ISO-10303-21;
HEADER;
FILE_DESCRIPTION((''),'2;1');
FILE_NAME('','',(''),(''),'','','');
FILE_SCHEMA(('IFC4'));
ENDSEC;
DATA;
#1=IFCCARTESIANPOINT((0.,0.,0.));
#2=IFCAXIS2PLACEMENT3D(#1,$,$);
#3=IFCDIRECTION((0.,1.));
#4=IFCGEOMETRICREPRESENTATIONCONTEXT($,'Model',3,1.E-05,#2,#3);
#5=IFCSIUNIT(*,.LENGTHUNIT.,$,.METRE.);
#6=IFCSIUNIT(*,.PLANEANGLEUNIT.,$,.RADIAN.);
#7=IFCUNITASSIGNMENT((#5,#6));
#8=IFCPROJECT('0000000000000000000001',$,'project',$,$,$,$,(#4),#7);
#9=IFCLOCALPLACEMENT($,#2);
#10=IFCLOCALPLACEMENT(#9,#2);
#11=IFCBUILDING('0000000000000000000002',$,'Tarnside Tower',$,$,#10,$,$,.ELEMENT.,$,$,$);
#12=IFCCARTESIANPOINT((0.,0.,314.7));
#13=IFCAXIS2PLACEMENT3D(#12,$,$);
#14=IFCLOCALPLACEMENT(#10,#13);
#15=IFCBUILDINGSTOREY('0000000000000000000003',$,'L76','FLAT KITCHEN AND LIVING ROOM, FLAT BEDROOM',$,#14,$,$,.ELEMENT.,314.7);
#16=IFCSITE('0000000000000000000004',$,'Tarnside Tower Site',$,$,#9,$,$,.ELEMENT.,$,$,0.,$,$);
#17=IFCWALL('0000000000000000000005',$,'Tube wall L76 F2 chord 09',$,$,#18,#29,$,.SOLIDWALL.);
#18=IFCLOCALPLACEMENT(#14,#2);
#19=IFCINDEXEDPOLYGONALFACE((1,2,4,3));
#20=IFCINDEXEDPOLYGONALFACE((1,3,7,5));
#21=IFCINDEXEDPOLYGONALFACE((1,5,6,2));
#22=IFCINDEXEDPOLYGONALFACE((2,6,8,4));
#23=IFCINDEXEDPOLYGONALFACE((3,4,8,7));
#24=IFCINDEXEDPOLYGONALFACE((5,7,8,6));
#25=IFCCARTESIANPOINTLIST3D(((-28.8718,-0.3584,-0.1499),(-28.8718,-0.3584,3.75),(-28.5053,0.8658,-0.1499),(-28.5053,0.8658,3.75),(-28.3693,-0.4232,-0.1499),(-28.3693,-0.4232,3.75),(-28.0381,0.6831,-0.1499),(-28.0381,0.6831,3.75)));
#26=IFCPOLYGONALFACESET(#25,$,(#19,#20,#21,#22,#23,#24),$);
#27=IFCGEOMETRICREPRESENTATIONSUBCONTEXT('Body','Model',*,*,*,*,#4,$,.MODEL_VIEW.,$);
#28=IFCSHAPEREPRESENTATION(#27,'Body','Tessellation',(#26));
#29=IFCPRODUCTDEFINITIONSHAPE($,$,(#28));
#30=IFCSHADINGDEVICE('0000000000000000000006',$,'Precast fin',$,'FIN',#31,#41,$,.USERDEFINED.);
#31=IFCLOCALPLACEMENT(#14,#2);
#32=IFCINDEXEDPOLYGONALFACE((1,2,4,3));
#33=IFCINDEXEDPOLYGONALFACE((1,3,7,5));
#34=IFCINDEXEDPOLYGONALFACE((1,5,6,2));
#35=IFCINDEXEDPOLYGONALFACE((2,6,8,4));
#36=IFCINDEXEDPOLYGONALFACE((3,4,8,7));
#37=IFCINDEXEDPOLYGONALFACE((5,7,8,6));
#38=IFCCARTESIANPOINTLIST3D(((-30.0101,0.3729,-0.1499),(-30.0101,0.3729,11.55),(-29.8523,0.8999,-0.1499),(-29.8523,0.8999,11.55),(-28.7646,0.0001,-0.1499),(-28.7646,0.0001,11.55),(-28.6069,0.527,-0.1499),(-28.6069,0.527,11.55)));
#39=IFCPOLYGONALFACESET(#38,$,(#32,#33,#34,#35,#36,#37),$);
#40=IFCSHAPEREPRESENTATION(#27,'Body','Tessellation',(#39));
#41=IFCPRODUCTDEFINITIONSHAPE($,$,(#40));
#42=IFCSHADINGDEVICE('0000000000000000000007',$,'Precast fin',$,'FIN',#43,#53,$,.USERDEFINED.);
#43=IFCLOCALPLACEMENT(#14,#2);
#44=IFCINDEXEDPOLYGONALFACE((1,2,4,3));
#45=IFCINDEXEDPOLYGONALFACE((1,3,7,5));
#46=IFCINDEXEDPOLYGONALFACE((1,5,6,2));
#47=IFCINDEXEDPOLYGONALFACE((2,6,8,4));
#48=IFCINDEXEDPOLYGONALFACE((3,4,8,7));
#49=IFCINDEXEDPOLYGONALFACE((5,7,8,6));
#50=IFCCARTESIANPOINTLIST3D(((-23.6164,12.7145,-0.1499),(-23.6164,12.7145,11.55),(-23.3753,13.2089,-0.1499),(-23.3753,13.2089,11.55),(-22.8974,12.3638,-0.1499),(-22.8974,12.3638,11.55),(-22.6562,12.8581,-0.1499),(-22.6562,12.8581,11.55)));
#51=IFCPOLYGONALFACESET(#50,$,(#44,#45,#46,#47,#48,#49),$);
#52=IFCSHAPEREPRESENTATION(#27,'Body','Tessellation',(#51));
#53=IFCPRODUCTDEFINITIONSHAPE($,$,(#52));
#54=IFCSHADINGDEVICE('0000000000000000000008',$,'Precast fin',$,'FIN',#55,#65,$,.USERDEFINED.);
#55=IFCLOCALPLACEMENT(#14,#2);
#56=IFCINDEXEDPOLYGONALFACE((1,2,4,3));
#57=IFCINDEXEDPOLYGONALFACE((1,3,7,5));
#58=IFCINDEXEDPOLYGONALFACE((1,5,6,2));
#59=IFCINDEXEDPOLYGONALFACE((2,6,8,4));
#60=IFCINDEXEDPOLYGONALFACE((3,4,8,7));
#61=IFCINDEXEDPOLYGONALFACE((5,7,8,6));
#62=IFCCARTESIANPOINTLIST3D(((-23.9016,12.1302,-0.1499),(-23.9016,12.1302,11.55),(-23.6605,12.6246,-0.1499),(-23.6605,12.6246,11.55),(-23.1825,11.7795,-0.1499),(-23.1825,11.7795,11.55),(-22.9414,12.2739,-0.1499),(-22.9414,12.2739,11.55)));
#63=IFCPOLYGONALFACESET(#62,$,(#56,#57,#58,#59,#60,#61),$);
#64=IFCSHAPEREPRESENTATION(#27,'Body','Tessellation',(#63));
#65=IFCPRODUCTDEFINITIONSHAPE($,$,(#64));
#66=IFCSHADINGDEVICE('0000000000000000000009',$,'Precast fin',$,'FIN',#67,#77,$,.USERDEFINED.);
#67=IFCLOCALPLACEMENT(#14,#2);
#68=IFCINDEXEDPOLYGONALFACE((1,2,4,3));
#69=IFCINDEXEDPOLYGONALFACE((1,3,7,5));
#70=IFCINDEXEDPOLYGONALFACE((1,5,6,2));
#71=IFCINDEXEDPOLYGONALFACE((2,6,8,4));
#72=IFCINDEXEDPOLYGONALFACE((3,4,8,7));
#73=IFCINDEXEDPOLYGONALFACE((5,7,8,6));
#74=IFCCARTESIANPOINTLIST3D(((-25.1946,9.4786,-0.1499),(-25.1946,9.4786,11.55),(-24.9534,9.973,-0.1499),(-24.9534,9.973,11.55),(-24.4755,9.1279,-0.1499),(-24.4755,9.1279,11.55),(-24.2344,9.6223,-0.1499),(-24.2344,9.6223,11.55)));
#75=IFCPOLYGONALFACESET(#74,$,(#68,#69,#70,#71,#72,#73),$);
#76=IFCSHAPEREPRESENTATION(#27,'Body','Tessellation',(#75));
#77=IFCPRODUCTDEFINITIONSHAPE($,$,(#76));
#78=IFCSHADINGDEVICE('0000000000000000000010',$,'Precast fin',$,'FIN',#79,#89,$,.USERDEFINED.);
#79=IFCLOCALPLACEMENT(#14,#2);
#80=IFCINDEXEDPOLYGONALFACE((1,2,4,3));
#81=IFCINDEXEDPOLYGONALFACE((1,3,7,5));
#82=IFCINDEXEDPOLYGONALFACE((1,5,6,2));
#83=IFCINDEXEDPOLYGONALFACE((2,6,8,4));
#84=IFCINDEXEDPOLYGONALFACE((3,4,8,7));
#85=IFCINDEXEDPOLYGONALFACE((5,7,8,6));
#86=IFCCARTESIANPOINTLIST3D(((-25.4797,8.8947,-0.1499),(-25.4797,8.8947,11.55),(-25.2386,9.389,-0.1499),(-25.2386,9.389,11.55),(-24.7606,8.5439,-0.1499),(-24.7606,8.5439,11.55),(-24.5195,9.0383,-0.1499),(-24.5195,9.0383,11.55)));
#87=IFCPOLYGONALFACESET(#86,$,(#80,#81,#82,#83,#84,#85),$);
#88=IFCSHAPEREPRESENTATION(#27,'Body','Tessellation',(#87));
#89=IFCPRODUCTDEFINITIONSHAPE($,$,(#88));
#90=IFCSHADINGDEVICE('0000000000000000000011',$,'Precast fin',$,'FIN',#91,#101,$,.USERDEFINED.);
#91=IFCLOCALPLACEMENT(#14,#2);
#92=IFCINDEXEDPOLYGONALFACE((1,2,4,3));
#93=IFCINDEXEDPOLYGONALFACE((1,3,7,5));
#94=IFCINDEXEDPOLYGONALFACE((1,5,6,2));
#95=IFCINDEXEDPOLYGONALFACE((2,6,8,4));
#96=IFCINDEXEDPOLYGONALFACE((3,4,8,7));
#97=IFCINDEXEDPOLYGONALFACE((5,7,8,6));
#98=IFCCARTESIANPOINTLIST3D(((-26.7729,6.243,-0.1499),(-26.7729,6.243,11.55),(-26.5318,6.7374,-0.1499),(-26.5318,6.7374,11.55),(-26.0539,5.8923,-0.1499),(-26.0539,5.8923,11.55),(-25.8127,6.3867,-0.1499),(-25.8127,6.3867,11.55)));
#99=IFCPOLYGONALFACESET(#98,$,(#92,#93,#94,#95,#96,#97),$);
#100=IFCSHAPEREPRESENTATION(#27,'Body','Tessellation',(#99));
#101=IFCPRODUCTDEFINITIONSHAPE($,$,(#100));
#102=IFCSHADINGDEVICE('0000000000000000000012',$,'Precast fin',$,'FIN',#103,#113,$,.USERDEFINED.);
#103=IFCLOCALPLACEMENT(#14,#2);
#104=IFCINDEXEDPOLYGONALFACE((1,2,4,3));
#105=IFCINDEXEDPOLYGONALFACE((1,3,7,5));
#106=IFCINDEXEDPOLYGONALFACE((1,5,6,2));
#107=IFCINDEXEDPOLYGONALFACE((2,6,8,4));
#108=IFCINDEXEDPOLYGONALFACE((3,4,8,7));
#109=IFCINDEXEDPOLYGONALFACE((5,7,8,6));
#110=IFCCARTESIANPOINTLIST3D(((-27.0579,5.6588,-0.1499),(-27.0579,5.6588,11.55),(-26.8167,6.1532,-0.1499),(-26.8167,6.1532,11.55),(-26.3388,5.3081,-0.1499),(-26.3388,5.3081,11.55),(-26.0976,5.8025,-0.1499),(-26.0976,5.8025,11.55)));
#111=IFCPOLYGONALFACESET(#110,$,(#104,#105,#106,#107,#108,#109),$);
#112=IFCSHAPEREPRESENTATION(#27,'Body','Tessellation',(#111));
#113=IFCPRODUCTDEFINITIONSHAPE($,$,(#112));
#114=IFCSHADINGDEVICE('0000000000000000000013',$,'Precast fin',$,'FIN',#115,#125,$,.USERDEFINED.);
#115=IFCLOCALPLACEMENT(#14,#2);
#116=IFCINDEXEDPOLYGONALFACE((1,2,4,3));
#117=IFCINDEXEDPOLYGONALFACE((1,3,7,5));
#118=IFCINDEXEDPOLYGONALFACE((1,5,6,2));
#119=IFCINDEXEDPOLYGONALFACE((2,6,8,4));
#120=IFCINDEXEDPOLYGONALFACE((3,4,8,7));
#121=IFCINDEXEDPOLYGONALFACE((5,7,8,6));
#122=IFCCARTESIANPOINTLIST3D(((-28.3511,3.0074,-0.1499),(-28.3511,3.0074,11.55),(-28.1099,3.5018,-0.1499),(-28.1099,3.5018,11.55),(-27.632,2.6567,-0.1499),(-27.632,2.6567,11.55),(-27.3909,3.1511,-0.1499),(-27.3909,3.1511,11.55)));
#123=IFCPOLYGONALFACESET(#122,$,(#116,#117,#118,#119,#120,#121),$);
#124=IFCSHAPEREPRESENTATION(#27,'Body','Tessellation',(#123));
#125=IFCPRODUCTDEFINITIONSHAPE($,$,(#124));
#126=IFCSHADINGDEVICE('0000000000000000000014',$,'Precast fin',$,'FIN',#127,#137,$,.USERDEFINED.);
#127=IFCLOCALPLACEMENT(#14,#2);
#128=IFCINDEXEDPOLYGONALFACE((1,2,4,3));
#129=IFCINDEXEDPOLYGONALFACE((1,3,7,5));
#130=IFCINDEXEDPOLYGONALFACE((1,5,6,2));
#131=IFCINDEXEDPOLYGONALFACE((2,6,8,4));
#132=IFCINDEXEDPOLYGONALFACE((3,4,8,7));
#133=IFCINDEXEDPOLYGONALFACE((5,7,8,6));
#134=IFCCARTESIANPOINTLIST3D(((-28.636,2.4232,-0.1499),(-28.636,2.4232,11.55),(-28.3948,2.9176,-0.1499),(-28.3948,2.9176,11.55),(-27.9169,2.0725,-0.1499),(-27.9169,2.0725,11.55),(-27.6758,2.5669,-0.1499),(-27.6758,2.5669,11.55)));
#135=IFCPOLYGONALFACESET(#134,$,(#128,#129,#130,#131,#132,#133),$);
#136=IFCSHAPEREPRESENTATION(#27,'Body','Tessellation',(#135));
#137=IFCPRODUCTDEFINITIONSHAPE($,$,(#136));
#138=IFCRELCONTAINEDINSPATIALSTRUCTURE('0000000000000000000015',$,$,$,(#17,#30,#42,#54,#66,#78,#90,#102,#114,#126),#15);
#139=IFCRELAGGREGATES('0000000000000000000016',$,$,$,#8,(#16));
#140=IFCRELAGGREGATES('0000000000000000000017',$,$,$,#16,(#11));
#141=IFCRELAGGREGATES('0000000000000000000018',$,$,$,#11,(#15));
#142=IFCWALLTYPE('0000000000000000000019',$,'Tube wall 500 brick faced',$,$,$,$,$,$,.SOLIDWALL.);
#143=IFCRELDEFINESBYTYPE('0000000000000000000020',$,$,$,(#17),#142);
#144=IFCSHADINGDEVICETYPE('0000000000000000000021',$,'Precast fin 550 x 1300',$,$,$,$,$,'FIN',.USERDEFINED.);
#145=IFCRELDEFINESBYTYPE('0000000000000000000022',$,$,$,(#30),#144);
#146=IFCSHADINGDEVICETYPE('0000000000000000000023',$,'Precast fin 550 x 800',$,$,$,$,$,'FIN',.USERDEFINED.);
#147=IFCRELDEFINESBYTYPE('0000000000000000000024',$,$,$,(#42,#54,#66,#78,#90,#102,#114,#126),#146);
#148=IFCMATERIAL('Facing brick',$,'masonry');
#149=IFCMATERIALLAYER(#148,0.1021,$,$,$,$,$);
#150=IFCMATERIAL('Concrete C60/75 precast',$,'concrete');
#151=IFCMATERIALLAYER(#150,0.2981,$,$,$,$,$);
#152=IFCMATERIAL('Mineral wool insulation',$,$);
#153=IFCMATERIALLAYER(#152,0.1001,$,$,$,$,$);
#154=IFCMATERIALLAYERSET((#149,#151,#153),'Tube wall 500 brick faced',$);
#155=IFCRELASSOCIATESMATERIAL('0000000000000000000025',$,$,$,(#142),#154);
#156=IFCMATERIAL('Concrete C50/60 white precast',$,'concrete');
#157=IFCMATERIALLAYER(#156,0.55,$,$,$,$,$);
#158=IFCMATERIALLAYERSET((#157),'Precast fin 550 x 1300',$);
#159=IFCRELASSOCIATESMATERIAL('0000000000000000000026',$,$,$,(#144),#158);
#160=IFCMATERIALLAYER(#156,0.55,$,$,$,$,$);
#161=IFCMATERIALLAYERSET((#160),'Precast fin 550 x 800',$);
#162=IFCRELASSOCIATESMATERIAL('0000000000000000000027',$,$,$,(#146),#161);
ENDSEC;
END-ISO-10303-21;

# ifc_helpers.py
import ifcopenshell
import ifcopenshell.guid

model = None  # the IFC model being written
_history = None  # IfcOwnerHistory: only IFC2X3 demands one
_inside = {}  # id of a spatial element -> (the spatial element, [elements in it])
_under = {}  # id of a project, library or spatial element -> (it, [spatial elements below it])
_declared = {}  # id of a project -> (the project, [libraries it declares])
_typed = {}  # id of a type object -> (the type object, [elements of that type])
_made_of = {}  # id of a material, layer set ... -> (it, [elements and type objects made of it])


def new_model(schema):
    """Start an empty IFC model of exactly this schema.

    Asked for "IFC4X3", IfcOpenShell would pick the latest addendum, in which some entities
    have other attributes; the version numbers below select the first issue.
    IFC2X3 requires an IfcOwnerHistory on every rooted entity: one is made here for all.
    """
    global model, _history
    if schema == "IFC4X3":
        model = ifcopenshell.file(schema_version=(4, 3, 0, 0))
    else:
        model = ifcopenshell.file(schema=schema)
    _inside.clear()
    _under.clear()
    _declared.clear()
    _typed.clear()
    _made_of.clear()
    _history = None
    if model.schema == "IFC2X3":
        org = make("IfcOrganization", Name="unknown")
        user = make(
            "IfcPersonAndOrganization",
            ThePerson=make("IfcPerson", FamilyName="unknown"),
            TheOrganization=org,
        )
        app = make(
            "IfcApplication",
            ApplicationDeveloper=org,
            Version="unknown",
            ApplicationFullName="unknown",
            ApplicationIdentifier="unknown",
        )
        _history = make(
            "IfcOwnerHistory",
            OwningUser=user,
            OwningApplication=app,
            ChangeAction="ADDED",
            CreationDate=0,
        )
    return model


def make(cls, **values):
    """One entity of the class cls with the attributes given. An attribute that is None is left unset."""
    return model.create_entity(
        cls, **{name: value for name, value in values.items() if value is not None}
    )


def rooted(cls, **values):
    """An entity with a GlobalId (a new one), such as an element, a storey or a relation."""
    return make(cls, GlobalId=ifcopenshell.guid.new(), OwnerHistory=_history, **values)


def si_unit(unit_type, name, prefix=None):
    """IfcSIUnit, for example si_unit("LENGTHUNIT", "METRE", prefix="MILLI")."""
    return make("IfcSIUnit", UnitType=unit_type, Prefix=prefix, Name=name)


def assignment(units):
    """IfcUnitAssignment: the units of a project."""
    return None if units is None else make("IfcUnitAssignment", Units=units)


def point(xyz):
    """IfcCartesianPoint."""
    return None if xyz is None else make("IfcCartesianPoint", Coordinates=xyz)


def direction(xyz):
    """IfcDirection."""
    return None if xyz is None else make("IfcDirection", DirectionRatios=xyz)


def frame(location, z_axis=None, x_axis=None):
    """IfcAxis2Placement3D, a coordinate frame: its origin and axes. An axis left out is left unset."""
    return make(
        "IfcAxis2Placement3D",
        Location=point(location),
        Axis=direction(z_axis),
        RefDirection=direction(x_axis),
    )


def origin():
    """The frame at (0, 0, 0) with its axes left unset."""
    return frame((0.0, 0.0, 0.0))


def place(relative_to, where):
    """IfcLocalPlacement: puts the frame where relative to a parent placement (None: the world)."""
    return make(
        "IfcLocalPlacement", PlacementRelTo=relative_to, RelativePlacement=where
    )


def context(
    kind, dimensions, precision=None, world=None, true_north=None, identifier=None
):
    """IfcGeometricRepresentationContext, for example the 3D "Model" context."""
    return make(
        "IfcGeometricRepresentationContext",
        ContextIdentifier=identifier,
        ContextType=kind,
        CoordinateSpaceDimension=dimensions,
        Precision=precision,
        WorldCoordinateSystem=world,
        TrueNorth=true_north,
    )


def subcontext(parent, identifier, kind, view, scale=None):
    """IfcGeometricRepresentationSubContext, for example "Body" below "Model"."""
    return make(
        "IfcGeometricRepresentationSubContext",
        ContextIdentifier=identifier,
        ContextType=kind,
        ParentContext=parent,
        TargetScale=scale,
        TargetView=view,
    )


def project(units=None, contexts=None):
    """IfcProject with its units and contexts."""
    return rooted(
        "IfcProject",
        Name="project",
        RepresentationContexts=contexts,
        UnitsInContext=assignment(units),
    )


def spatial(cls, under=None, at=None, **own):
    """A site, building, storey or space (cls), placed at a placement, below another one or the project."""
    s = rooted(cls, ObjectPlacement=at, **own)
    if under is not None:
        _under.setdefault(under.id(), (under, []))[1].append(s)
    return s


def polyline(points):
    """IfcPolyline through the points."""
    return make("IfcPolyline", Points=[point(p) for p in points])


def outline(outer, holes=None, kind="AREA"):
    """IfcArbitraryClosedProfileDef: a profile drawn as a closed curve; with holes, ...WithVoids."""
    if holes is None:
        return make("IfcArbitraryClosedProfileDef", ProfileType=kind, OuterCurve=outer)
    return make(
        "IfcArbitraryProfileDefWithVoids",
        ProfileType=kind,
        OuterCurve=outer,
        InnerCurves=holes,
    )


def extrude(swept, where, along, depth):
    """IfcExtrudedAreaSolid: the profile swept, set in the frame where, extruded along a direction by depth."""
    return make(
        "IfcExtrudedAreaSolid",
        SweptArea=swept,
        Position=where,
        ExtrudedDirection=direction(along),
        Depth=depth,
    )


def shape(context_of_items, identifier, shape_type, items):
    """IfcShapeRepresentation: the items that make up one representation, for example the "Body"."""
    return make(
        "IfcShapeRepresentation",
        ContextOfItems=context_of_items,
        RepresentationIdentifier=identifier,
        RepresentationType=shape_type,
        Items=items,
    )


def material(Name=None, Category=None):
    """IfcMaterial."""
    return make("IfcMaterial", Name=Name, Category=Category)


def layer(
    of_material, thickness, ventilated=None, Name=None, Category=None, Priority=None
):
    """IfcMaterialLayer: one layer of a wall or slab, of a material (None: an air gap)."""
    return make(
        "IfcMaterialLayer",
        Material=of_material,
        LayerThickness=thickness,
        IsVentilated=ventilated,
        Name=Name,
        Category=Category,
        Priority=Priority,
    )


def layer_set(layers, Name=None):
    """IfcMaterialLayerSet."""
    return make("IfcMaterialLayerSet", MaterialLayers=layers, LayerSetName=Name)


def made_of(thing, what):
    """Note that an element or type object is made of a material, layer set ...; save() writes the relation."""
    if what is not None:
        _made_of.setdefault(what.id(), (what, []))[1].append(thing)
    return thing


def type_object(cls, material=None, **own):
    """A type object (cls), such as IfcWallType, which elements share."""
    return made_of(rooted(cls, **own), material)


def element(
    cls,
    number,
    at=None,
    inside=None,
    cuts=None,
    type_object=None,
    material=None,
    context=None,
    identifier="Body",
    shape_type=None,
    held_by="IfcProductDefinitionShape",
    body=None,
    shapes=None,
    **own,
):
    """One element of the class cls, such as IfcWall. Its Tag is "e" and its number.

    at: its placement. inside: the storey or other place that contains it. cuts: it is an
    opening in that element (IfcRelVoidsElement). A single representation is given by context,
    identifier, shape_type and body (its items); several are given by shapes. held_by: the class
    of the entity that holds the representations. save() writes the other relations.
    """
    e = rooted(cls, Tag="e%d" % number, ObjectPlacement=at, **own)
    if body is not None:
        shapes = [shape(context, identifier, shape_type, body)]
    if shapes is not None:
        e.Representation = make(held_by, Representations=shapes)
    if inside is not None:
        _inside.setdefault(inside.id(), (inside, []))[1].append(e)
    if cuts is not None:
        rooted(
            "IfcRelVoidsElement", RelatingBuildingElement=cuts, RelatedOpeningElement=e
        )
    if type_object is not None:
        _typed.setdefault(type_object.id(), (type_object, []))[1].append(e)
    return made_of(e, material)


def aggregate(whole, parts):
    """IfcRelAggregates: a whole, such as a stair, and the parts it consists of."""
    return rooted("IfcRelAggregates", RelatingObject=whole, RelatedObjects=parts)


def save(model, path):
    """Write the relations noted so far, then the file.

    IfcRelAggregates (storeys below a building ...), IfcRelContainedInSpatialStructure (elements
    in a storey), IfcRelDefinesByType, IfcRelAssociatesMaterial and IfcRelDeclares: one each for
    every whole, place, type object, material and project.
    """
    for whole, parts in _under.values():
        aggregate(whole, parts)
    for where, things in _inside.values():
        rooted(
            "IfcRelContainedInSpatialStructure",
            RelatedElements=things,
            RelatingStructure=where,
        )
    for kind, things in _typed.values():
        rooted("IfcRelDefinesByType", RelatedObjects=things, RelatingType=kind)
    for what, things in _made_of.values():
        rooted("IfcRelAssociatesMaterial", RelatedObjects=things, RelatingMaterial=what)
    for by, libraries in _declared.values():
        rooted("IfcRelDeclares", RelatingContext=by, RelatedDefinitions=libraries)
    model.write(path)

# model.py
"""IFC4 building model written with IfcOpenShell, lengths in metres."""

from ifc_helpers import new_model, si_unit, direction, frame, origin, place, context, subcontext, project, spatial, polyline, outline, extrude, material, layer, layer_set, type_object, element, save


model = new_model("IFC4")

# Units and contexts
model_context = context("Model", 3, precision=1e-05, world=origin(), true_north=direction((0.0, 1.0)))
body_context = subcontext(model_context, "Body", "Model", "MODEL_VIEW")
ifc_project = project(units=[si_unit("LENGTHUNIT", "METRE"), si_unit("PLANEANGLEUNIT", "RADIAN")], contexts=[model_context])

# Site, building, storey
site_placement = place(None, origin())
site = spatial("IfcSite", under=ifc_project, at=site_placement, Name="Tarnside Tower Site", CompositionType="ELEMENT", RefElevation=0.0)
building_placement = place(site_placement, origin())
building = spatial("IfcBuilding", under=site, at=building_placement, Name="Tarnside Tower", CompositionType="ELEMENT")
storey_placement = place(building_placement, frame((0.0, 0.0, 314.7)))
storey = spatial("IfcBuildingStorey", under=building, at=storey_placement, Name="L76", Description="FLAT KITCHEN AND LIVING ROOM, FLAT BEDROOM", CompositionType="ELEMENT", Elevation=314.7)

# Shared definitions
ifc_material_1 = material(Name="Concrete C60/75 precast", Category="concrete")
ifc_material_2 = material(Name="Mineral wool insulation")

# Wall
ifc_material_3 = material(Name="Facing brick", Category="masonry")
ifc_layer_1 = layer(ifc_material_3, 0.1021)
ifc_layer_2 = layer(ifc_material_1, 0.2981)
ifc_layer_3 = layer(ifc_material_2, 0.1001)
ifc_layer_set_1 = layer_set([ifc_layer_1, ifc_layer_2, ifc_layer_3], Name="Tube wall 500 brick faced")
wall_type_1 = type_object("IfcWallType", Name="Tube wall 500 brick faced", PredefinedType="SOLIDWALL", material=ifc_layer_set_1)
wall_1_placement = place(storey_placement, frame((-28.2717, 0.7744, -0.1499), z_axis=(0.0, 0.0, 1.0), x_axis=(-0.286814, -0.957986, 0.0)))
element("IfcWall", 1, at=wall_1_placement, inside=storey, type_object=wall_type_1, Name="Tube wall L76 F2 chord 09", PredefinedType="SOLIDWALL", context=body_context, shape_type="SweptSolid", body=[
    extrude(outline(polyline([(-0.0205, -0.25), (1.2573, -0.25), (1.1753, 0.25), (0.0205, 0.25), (-0.0205, -0.25)])), origin(), (0.0, 0.0, 1.0), 3.8999),
])

# Shading devices
ifc_material_4 = material(Name="Concrete C50/60 white precast", Category="concrete")
ifc_layer_4 = layer(ifc_material_4, 0.55)
ifc_layer_set_2 = layer_set([ifc_layer_4], Name="Precast fin 550 x 1300")
shading_device_type_1 = type_object("IfcShadingDeviceType", Name="Precast fin 550 x 1300", ElementType="FIN", PredefinedType="USERDEFINED", material=ifc_layer_set_2)
shading_device_placement = place(storey_placement, frame((-28.6858, 0.2634, -0.1499), z_axis=(0.286803, 0.95799, 0.0), x_axis=(-0.95799, 0.286803, 0.0)))
element("IfcShadingDevice", 2, at=shading_device_placement, inside=storey, type_object=shading_device_type_1, Name="Precast fin", ObjectType="FIN", PredefinedType="USERDEFINED", context=body_context, shape_type="SweptSolid", body=[
    extrude(outline(polyline([(0.0, 0.0), (1.3, 0.0), (1.3, 11.7), (0.0, 11.7), (0.0, 0.0)])), frame((0.0, 0.0, -0.2749)), (0.0, 0.0, 1.0), 0.55),
])
ifc_layer_5 = layer(ifc_material_4, 0.55)
ifc_layer_set_3 = layer_set([ifc_layer_5], Name="Precast fin 550 x 800")
shading_device_type_2 = type_object("IfcShadingDeviceType", Name="Precast fin 550 x 800", ElementType="FIN", PredefinedType="USERDEFINED", material=ifc_layer_set_3)
for number, where, z_axis, x_axis, name in (
    (3, (-22.7769, 12.6108, -0.1499), (0.438371, 0.898794, 0.0), (-0.898794, 0.438371, 0.0), "Precast fin"),
    (4, (-23.062, 12.0266, -0.1499), (0.438371, 0.898794, 0.0), (-0.898794, 0.438371, 0.0), "Precast fin"),
    (5, (-24.355, 9.375, -0.1499), (0.438371, 0.898794, 0.0), (-0.898794, 0.438371, 0.0), "Precast fin"),
    (6, (-24.6401, 8.791, -0.1499), (0.438371, 0.898794, 0.0), (-0.898794, 0.438371, 0.0), "Precast fin"),
    (7, (-25.9333, 6.1394, -0.1499), (0.438371, 0.898794, 0.0), (-0.898794, 0.438371, 0.0), "Precast fin"),
    (8, (-26.2183, 5.5552, -0.1499), (0.438371, 0.898794, 0.0), (-0.898794, 0.438371, 0.0), "Precast fin"),
    (9, (-27.5115, 2.9038, -0.1499), (0.438371, 0.898794, 0.0), (-0.898794, 0.438371, 0.0), "Precast fin"),
    (10, (-27.7964, 2.3196, -0.1499), (0.438371, 0.898794, 0.0), (-0.898794, 0.438371, 0.0), "Precast fin"),
):
    element("IfcShadingDevice", number, at=place(storey_placement, frame(where, z_axis=z_axis, x_axis=x_axis)), inside=storey, type_object=shading_device_type_2, Name=name, ObjectType="FIN", PredefinedType="USERDEFINED", context=body_context, shape_type="SweptSolid", body=[
        extrude(outline(polyline([(0.0, 0.0), (0.8, 0.0), (0.8, 11.7), (0.0, 11.7), (0.0, 0.0)])), frame((0.0, 0.0, -0.2749)), (0.0, 0.0, 1.0), 0.55),
    ])

save(model, "model.ifc")
